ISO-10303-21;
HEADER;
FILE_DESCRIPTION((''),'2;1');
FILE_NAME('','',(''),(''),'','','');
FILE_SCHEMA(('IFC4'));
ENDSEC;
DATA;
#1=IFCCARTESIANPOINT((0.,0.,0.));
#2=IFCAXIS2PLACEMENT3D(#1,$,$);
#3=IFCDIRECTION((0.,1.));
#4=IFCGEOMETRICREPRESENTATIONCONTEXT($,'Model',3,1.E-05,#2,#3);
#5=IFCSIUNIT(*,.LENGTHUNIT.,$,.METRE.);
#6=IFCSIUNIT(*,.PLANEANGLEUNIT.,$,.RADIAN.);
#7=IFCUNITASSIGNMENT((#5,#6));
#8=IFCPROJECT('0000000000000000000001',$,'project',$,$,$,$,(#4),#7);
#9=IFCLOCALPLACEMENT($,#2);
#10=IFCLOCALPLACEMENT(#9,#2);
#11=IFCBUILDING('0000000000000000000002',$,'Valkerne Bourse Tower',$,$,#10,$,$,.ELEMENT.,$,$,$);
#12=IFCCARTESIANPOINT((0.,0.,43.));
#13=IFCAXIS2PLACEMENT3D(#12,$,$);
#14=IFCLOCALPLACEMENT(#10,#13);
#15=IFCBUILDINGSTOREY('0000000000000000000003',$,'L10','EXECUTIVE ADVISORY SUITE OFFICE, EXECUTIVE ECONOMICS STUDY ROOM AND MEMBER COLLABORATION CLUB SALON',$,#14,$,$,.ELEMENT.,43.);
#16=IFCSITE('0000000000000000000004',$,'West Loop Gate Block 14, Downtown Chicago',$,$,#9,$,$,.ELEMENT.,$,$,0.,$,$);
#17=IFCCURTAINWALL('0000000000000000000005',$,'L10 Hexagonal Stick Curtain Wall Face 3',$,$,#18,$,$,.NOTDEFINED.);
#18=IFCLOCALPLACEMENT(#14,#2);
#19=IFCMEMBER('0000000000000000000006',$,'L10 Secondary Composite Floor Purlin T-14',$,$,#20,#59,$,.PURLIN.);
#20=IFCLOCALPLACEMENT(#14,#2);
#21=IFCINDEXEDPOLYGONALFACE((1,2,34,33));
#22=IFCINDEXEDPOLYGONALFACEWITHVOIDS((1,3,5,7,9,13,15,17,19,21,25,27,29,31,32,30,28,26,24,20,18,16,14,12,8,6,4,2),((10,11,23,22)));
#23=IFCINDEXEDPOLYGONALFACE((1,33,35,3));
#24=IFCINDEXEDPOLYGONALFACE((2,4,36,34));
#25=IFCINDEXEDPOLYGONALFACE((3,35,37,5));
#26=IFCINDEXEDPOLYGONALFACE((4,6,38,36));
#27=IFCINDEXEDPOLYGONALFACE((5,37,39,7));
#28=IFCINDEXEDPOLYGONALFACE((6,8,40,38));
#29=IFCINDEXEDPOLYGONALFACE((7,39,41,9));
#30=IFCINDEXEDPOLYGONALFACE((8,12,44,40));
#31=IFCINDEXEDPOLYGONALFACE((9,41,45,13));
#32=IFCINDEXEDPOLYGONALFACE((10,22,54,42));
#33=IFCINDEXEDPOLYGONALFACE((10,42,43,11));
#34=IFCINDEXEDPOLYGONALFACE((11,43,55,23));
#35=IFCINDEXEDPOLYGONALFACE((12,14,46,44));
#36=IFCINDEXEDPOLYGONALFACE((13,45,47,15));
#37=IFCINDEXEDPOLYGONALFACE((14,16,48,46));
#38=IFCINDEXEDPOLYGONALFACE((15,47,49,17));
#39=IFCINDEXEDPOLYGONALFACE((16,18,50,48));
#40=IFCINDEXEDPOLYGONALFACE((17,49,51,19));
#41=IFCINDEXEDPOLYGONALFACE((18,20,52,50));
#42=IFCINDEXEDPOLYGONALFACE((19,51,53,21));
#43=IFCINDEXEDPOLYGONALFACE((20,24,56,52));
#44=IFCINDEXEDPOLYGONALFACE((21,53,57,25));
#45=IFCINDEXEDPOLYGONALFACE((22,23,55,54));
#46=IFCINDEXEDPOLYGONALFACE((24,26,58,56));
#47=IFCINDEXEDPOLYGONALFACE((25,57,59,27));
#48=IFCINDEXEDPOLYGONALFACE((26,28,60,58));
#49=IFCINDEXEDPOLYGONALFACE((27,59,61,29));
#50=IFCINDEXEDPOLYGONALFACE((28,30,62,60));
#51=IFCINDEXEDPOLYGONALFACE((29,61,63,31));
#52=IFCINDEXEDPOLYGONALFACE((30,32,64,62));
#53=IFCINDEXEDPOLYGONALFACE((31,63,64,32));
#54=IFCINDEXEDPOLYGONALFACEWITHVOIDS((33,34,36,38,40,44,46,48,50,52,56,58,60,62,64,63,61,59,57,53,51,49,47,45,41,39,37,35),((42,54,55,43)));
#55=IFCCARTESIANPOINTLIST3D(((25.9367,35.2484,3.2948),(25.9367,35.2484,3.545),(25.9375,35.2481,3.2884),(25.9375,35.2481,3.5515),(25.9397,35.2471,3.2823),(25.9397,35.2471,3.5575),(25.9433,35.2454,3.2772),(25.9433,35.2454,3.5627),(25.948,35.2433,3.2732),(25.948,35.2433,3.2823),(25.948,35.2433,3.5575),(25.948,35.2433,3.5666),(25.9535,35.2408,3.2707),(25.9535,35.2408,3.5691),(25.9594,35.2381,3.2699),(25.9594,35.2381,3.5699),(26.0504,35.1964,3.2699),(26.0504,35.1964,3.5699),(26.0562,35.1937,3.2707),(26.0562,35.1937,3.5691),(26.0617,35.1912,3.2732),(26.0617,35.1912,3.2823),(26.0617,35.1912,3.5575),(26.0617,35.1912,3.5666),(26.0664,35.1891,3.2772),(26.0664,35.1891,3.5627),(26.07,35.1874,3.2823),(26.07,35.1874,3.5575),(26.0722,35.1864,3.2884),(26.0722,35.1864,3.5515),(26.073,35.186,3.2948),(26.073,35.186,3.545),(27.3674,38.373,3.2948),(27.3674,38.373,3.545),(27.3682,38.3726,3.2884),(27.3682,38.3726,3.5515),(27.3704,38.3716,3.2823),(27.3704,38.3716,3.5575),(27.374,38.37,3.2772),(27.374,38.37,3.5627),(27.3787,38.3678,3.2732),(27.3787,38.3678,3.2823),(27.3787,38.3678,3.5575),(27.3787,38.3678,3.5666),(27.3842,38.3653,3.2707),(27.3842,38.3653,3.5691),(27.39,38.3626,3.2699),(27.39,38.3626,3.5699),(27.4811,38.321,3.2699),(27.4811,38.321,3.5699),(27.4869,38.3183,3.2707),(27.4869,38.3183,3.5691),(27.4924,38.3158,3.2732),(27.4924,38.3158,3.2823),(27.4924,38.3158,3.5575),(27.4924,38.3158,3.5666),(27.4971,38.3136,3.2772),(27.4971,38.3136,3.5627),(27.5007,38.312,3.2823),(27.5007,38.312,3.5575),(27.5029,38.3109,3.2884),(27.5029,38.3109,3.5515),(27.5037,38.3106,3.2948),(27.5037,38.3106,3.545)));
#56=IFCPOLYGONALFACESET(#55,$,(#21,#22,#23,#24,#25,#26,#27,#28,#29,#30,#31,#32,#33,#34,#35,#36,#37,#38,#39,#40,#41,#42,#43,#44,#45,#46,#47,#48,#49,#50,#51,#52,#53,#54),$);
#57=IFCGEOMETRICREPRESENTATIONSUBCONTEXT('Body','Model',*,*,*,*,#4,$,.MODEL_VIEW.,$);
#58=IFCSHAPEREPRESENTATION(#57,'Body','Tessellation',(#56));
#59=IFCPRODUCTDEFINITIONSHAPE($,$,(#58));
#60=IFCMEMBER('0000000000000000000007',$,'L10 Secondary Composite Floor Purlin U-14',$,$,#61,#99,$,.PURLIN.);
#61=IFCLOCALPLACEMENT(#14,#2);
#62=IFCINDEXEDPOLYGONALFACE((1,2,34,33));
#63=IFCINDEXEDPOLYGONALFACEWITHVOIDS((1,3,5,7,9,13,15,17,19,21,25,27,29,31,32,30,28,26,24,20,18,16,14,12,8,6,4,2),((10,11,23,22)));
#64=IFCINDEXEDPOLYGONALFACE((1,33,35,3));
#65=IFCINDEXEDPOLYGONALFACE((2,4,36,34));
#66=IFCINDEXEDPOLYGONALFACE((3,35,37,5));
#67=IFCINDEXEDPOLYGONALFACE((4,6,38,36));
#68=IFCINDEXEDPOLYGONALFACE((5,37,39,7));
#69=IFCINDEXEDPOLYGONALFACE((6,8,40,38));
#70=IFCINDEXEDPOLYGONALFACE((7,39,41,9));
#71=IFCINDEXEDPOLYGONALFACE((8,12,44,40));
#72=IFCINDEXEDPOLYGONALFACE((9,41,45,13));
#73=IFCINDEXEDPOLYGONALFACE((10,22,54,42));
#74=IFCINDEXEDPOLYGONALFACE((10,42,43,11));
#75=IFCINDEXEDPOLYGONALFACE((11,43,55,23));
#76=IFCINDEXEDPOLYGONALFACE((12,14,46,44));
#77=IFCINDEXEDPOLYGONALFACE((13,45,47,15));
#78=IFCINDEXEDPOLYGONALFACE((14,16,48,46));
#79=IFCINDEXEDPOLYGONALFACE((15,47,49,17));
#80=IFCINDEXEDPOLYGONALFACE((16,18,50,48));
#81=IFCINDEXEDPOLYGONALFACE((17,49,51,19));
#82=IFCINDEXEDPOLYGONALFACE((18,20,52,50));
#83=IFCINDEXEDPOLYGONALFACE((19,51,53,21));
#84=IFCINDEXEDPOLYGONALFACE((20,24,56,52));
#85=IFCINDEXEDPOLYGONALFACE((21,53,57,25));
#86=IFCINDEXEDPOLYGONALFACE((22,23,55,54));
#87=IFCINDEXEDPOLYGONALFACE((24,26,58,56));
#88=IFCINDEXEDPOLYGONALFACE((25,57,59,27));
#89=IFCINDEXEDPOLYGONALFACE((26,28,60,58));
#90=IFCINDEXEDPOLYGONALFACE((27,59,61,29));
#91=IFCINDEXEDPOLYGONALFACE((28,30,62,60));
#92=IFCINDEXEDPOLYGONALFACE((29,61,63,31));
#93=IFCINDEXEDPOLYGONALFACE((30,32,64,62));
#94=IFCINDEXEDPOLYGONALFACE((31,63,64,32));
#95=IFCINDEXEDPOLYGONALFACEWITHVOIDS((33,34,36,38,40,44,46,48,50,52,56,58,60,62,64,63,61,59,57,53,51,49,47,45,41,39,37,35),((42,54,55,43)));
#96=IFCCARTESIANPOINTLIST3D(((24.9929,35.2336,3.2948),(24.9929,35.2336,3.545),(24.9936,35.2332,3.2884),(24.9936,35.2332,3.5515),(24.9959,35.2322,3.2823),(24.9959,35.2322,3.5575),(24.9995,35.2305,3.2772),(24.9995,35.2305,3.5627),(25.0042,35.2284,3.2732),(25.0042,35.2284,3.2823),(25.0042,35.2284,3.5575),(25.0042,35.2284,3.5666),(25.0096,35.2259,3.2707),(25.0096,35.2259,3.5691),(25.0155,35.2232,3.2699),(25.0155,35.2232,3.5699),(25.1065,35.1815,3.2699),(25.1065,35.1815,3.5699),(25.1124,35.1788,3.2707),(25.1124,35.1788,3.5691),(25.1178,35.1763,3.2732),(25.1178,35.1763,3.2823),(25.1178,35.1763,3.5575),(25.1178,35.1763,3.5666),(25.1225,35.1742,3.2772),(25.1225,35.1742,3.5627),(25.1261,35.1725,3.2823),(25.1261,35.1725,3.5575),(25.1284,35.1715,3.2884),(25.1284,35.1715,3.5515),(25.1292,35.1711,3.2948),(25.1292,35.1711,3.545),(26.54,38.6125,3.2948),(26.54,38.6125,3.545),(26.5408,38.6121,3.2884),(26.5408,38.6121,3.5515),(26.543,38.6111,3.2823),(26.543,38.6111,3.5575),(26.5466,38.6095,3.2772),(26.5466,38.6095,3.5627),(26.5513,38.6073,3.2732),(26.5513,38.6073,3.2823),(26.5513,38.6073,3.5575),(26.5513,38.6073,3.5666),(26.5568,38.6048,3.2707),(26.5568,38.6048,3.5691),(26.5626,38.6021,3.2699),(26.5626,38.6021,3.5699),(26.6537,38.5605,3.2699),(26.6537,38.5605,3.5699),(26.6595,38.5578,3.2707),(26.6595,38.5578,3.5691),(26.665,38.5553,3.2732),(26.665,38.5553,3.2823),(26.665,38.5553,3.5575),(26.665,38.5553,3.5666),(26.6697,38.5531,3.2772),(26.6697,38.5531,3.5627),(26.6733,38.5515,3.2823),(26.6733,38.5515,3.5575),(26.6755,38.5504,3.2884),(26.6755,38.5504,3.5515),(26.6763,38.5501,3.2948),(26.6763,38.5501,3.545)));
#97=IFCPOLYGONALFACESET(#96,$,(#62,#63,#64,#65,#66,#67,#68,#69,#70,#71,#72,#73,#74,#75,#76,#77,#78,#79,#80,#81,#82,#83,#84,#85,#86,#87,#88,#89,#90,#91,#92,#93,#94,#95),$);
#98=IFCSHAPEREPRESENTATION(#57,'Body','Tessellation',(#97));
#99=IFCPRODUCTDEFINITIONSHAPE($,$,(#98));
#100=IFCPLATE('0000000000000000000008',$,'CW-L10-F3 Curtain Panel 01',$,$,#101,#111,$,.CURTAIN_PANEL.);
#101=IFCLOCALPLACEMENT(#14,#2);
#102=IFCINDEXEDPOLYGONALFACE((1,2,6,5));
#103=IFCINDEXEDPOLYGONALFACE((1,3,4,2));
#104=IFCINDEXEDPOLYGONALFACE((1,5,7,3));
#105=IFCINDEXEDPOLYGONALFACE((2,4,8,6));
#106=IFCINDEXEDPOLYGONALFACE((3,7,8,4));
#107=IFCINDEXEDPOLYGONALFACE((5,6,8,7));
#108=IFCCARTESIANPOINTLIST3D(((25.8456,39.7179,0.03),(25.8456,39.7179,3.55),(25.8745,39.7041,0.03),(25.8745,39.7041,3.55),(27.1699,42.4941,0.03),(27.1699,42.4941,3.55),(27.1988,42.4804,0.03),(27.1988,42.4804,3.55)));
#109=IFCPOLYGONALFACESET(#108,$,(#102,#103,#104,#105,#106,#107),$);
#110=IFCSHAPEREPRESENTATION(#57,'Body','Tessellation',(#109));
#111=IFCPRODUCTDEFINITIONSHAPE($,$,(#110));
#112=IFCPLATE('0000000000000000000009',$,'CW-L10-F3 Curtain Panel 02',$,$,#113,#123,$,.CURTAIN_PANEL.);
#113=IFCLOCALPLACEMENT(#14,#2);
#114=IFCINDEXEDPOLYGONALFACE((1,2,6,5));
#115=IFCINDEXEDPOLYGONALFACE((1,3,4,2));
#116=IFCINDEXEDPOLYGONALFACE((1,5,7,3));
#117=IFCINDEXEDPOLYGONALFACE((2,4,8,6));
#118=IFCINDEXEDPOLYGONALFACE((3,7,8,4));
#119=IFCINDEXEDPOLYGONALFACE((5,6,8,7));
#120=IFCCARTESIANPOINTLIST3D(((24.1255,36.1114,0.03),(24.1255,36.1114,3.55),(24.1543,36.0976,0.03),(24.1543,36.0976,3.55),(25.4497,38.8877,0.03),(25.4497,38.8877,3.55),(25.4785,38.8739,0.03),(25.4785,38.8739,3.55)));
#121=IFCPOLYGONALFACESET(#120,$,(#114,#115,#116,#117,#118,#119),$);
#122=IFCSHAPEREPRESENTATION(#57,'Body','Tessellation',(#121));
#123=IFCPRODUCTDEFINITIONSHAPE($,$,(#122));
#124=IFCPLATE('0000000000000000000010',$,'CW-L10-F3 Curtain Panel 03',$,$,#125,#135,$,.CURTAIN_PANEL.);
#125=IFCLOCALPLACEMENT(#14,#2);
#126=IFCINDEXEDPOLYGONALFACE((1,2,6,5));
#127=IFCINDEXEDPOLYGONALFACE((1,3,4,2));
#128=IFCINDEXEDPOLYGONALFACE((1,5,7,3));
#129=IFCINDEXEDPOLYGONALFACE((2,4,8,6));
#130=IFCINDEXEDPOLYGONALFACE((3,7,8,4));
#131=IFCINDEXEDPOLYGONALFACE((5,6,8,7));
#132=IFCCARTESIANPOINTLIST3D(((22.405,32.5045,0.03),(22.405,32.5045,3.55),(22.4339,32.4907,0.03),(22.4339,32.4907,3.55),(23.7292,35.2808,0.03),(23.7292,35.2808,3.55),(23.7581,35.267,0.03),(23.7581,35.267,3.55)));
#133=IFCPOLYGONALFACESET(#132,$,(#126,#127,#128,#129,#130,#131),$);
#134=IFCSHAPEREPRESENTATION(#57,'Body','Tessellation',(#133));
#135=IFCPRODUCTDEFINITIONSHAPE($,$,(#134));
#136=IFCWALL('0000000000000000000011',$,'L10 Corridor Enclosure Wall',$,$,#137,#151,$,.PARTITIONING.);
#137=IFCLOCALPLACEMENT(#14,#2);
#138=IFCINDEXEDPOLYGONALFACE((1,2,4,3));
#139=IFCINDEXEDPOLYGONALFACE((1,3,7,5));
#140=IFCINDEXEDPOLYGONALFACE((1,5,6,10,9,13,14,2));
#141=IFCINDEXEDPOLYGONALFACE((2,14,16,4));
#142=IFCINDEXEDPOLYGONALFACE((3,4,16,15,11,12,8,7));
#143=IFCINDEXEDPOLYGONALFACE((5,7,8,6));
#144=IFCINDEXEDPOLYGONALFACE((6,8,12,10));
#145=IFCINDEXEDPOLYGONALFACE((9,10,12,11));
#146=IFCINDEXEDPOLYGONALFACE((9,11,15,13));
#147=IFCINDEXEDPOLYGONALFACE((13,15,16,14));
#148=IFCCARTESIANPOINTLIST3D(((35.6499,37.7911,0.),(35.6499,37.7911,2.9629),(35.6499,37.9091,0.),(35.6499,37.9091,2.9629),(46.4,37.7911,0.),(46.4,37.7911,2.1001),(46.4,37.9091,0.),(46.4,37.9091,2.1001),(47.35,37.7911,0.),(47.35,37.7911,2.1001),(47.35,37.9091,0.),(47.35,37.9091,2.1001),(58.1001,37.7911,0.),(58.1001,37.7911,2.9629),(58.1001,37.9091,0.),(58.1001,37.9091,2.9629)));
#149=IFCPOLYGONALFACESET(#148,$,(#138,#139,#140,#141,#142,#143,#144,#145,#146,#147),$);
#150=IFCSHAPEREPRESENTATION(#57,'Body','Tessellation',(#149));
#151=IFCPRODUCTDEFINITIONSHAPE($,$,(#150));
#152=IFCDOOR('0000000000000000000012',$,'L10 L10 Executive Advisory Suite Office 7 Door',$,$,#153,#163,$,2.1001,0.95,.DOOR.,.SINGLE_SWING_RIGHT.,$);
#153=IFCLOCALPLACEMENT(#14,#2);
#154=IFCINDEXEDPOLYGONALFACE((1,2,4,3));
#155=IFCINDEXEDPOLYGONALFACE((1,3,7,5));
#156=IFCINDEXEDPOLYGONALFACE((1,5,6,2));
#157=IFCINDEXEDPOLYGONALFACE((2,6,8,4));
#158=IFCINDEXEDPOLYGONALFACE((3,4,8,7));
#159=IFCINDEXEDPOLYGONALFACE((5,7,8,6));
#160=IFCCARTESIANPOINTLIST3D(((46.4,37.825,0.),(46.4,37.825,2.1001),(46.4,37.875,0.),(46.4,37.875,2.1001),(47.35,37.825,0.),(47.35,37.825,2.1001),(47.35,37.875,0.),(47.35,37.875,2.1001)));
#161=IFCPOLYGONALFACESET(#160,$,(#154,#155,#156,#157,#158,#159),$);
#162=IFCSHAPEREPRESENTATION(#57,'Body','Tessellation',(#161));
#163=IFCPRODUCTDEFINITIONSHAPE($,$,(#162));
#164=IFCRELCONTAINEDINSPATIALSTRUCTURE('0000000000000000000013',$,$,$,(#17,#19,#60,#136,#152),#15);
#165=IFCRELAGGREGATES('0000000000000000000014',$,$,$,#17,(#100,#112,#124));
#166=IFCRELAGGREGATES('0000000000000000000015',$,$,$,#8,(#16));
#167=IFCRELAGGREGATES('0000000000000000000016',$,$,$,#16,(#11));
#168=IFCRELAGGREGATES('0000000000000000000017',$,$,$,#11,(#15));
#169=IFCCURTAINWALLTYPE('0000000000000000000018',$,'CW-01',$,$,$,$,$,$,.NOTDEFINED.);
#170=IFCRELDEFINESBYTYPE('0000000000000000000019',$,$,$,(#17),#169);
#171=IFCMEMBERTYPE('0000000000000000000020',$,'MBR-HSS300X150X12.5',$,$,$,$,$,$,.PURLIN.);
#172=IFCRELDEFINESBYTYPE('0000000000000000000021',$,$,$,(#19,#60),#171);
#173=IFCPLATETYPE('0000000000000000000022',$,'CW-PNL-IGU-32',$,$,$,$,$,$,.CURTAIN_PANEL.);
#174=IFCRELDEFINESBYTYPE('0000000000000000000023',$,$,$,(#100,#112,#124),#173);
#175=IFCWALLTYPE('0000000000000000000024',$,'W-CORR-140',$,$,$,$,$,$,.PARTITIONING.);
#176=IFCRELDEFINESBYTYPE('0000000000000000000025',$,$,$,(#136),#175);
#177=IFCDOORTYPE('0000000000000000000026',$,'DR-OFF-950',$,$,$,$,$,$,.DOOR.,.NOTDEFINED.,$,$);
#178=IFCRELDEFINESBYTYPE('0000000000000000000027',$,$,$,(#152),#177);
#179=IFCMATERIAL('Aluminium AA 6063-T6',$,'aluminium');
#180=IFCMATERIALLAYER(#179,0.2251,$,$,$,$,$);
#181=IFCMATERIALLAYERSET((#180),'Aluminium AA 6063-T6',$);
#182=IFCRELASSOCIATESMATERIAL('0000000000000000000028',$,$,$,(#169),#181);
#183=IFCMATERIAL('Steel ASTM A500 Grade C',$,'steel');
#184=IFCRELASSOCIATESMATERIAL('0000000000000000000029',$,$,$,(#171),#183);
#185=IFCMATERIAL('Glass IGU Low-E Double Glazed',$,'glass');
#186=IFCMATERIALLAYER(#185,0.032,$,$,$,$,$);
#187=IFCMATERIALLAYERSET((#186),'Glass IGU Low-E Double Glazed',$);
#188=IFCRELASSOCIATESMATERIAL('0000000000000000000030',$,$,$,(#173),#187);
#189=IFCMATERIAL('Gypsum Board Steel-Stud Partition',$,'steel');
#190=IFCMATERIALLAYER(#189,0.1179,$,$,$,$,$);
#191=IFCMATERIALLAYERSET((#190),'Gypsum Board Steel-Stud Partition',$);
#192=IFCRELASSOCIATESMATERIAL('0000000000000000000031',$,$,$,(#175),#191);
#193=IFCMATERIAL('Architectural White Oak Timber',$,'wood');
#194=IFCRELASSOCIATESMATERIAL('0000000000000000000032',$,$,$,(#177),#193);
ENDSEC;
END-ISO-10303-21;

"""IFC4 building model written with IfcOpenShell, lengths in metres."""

from ifc_helpers import new_model, si_unit, direction, frame, frame_2d, origin, origin_2d, place, context, subcontext, project, spatial, rectangle, hollow_rectangle, extrude, material, layer, layer_set, material_profile, profile_set, type_object, element, fill, aggregate, save


model = new_model("IFC4")

# Units and contexts
model_context = context("Model", 3, precision=1e-05, world=origin(), true_north=direction((0.0, 1.0)))
body_context = subcontext(model_context, "Body", "Model", "MODEL_VIEW")
ifc_project = project(units=[si_unit("LENGTHUNIT", "METRE"), si_unit("PLANEANGLEUNIT", "RADIAN")], contexts=[model_context])

# Site, building, storey
site_placement = place(None, origin())
site = spatial("IfcSite", under=ifc_project, at=site_placement, Name="West Loop Gate Block 14, Downtown Chicago", CompositionType="ELEMENT", RefElevation=0.0)
building_placement = place(site_placement, origin())
building = spatial("IfcBuilding", under=site, at=building_placement, Name="Valkerne Bourse Tower", CompositionType="ELEMENT")
storey_placement = place(building_placement, frame((0.0, 0.0, 43.0)))
storey = spatial("IfcBuildingStorey", under=building, at=storey_placement, Name="L10", Description="EXECUTIVE ADVISORY SUITE OFFICE, EXECUTIVE ECONOMICS STUDY ROOM AND MEMBER COLLABORATION CLUB SALON", CompositionType="ELEMENT", Elevation=43.0)

# Curtain wall
ifc_material_1 = material(Name="Aluminium AA 6063-T6", Category="aluminium")
ifc_layer_1 = layer(ifc_material_1, 0.2251)
ifc_layer_set_1 = layer_set([ifc_layer_1], Name="Aluminium AA 6063-T6")
curtain_wall_type = type_object("IfcCurtainWallType", Name="CW-01", PredefinedType="NOTDEFINED", material=ifc_layer_set_1)
curtain_wall_placement = place(storey_placement, origin())
curtain_wall = element("IfcCurtainWall", 1, at=curtain_wall_placement, inside=storey, type_object=curtain_wall_type, Name="L10 Hexagonal Stick Curtain Wall Face 3", PredefinedType="NOTDEFINED")

# Members
ifc_material_2 = material(Name="Steel ASTM A500 Grade C", Category="steel")
ifc_material_profile_1 = material_profile(ifc_material_2, hollow_rectangle(XDim=0.1499, YDim=0.3, WallThickness=0.0125, OuterFilletRadius=0.0249, at=origin_2d()), Name="HSS300X150X12.5")
ifc_profile_set_1 = profile_set([ifc_material_profile_1], Name="Steel ASTM A500 Grade C")
member_type_1 = type_object("IfcMemberType", Name="MBR-HSS300X150X12.5", PredefinedType="PURLIN", material=ifc_profile_set_1)
for number, where, z_axis, x_axis, name in (
    (2, (27.4355, 38.3418, 3.4199), (-0.416317, -0.909219, 0.0), (0.909219, -0.416317, 0.0), "L10 Secondary Composite Floor Purlin T-14"),
):
    element("IfcMember", number, at=place(storey_placement, frame(where, z_axis=z_axis, x_axis=x_axis)), inside=storey, type_object=member_type_1, Name=name, PredefinedType="PURLIN", context=body_context, shape_type="SweptSolid", body=[
        extrude(hollow_rectangle(XDim=0.1499, YDim=0.3, WallThickness=0.0125, OuterFilletRadius=0.0249, at=origin_2d()), origin(), (0.0, 0.0, 1.0), 3.4365),
    ])
member_1_placement = place(storey_placement, frame((26.6082, 38.5813, 3.4199), z_axis=(-0.416311, -0.909222, 0.0), x_axis=(0.909222, -0.416311, 0.0)))
element("IfcMember", 3, at=member_1_placement, inside=storey, type_object=member_type_1, Name="L10 Secondary Composite Floor Purlin U-14", PredefinedType="PURLIN", context=body_context, shape_type="SweptSolid", body=[
    extrude(hollow_rectangle(XDim=0.1499, YDim=0.3, WallThickness=0.0125, OuterFilletRadius=0.0249, at=origin_2d()), origin(), (0.0, 0.0, 1.0), 3.7163),
])

# Plates
ifc_material_3 = material(Name="Glass IGU Low-E Double Glazed", Category="glass")
ifc_layer_2 = layer(ifc_material_3, 0.032)
ifc_layer_set_2 = layer_set([ifc_layer_2], Name="Glass IGU Low-E Double Glazed")
plate_type = type_object("IfcPlateType", Name="CW-PNL-IGU-32", PredefinedType="CURTAIN_PANEL", material=ifc_layer_set_2)
plate_1_placement = place(storey_placement, frame((26.5222, 41.0991, 0.03), z_axis=(0.0, 0.0, 1.0), x_axis=(-0.43053, -0.902576, 0.0)))
plate_1 = element("IfcPlate", 4, at=plate_1_placement, type_object=plate_type, Name="CW-L10-F3 Curtain Panel 01", PredefinedType="CURTAIN_PANEL", context=body_context, shape_type="SweptSolid", body=[
    extrude(rectangle(XDim=3.0759, YDim=0.032, at=origin_2d()), origin(), (0.0, 0.0, 1.0), 3.52),
])
plate_2_placement = place(storey_placement, frame((24.802, 37.4927, 0.03), z_axis=(0.0, 0.0, 1.0), x_axis=(-0.43051, -0.902586, 0.0)))
plate_2 = element("IfcPlate", 5, at=plate_2_placement, type_object=plate_type, Name="CW-L10-F3 Curtain Panel 02", PredefinedType="CURTAIN_PANEL", context=body_context, shape_type="SweptSolid", body=[
    extrude(rectangle(XDim=3.0759, YDim=0.032, at=origin_2d()), origin(), (0.0, 0.0, 1.0), 3.52),
])
plate_3_placement = place(storey_placement, frame((23.0815, 33.8857, 0.03), z_axis=(0.0, 0.0, 1.0), x_axis=(-0.4305, -0.902591, 0.0)))
plate_3 = element("IfcPlate", 6, at=plate_3_placement, type_object=plate_type, Name="CW-L10-F3 Curtain Panel 03", PredefinedType="CURTAIN_PANEL", context=body_context, shape_type="SweptSolid", body=[
    extrude(rectangle(XDim=3.0759, YDim=0.032, at=origin_2d()), origin(), (0.0, 0.0, 1.0), 3.52),
])
aggregate(curtain_wall, [plate_1, plate_2, plate_3])

# Wall, opening, door
ifc_material_4 = material(Name="Gypsum Board Steel-Stud Partition", Category="steel")
ifc_layer_3 = layer(ifc_material_4, 0.1179)
ifc_layer_set_3 = layer_set([ifc_layer_3], Name="Gypsum Board Steel-Stud Partition")
wall_type = type_object("IfcWallType", Name="W-CORR-140", PredefinedType="PARTITIONING", material=ifc_layer_set_3)
wall_placement = place(storey_placement, frame((35.6499, 37.8501, 0.0), z_axis=(0.0, 0.0, 1.0), x_axis=(1.0, 0.0, 0.0)))
wall = element("IfcWall", 7, at=wall_placement, inside=storey, type_object=wall_type, Name="L10 Corridor Enclosure Wall", PredefinedType="PARTITIONING", context=body_context, shape_type="SweptSolid", body=[
    extrude(rectangle(XDim=22.4502, YDim=0.1179, at=frame_2d((11.2251, 0.0))), origin(), (0.0, 0.0, 1.0), 2.9629),
])
opening_placement = place(wall_placement, frame((10.75, 0.0, 0.0)))
opening = element("IfcOpeningElement", 8, at=opening_placement, cuts=wall, PredefinedType="OPENING", context=body_context, shape_type="SweptSolid", body=[
    extrude(rectangle(XDim=0.95, YDim=2.1001, at=frame_2d((0.4751, 1.05))), frame((0.0, 0.0688, 0.0), z_axis=(0.0, -1.0, 0.0), x_axis=(1.0, 0.0, 0.0)), (0.0, 0.0, 1.0), 0.1379),
])
ifc_material_5 = material(Name="Architectural White Oak Timber", Category="wood")
door_type = type_object("IfcDoorType", Name="DR-OFF-950", OperationType="NOTDEFINED", PredefinedType="DOOR", material=ifc_material_5)
door_placement = place(opening_placement, origin())
door = element("IfcDoor", 9, at=door_placement, inside=storey, type_object=door_type, Name="L10 L10 Executive Advisory Suite Office 7 Door", OperationType="SINGLE_SWING_RIGHT", OverallHeight=2.1001, OverallWidth=0.95, PredefinedType="DOOR", context=body_context, shape_type="SweptSolid", body=[
    extrude(rectangle(XDim=0.95, YDim=2.1001, at=frame_2d((0.4751, 1.05))), frame((0.0, 0.0249, 0.0), z_axis=(0.0, -1.0, 0.0), x_axis=(1.0, 0.0, 0.0)), (0.0, 0.0, 1.0), 0.05),
])
fill(opening, door)

save(model, "model.ifc")
